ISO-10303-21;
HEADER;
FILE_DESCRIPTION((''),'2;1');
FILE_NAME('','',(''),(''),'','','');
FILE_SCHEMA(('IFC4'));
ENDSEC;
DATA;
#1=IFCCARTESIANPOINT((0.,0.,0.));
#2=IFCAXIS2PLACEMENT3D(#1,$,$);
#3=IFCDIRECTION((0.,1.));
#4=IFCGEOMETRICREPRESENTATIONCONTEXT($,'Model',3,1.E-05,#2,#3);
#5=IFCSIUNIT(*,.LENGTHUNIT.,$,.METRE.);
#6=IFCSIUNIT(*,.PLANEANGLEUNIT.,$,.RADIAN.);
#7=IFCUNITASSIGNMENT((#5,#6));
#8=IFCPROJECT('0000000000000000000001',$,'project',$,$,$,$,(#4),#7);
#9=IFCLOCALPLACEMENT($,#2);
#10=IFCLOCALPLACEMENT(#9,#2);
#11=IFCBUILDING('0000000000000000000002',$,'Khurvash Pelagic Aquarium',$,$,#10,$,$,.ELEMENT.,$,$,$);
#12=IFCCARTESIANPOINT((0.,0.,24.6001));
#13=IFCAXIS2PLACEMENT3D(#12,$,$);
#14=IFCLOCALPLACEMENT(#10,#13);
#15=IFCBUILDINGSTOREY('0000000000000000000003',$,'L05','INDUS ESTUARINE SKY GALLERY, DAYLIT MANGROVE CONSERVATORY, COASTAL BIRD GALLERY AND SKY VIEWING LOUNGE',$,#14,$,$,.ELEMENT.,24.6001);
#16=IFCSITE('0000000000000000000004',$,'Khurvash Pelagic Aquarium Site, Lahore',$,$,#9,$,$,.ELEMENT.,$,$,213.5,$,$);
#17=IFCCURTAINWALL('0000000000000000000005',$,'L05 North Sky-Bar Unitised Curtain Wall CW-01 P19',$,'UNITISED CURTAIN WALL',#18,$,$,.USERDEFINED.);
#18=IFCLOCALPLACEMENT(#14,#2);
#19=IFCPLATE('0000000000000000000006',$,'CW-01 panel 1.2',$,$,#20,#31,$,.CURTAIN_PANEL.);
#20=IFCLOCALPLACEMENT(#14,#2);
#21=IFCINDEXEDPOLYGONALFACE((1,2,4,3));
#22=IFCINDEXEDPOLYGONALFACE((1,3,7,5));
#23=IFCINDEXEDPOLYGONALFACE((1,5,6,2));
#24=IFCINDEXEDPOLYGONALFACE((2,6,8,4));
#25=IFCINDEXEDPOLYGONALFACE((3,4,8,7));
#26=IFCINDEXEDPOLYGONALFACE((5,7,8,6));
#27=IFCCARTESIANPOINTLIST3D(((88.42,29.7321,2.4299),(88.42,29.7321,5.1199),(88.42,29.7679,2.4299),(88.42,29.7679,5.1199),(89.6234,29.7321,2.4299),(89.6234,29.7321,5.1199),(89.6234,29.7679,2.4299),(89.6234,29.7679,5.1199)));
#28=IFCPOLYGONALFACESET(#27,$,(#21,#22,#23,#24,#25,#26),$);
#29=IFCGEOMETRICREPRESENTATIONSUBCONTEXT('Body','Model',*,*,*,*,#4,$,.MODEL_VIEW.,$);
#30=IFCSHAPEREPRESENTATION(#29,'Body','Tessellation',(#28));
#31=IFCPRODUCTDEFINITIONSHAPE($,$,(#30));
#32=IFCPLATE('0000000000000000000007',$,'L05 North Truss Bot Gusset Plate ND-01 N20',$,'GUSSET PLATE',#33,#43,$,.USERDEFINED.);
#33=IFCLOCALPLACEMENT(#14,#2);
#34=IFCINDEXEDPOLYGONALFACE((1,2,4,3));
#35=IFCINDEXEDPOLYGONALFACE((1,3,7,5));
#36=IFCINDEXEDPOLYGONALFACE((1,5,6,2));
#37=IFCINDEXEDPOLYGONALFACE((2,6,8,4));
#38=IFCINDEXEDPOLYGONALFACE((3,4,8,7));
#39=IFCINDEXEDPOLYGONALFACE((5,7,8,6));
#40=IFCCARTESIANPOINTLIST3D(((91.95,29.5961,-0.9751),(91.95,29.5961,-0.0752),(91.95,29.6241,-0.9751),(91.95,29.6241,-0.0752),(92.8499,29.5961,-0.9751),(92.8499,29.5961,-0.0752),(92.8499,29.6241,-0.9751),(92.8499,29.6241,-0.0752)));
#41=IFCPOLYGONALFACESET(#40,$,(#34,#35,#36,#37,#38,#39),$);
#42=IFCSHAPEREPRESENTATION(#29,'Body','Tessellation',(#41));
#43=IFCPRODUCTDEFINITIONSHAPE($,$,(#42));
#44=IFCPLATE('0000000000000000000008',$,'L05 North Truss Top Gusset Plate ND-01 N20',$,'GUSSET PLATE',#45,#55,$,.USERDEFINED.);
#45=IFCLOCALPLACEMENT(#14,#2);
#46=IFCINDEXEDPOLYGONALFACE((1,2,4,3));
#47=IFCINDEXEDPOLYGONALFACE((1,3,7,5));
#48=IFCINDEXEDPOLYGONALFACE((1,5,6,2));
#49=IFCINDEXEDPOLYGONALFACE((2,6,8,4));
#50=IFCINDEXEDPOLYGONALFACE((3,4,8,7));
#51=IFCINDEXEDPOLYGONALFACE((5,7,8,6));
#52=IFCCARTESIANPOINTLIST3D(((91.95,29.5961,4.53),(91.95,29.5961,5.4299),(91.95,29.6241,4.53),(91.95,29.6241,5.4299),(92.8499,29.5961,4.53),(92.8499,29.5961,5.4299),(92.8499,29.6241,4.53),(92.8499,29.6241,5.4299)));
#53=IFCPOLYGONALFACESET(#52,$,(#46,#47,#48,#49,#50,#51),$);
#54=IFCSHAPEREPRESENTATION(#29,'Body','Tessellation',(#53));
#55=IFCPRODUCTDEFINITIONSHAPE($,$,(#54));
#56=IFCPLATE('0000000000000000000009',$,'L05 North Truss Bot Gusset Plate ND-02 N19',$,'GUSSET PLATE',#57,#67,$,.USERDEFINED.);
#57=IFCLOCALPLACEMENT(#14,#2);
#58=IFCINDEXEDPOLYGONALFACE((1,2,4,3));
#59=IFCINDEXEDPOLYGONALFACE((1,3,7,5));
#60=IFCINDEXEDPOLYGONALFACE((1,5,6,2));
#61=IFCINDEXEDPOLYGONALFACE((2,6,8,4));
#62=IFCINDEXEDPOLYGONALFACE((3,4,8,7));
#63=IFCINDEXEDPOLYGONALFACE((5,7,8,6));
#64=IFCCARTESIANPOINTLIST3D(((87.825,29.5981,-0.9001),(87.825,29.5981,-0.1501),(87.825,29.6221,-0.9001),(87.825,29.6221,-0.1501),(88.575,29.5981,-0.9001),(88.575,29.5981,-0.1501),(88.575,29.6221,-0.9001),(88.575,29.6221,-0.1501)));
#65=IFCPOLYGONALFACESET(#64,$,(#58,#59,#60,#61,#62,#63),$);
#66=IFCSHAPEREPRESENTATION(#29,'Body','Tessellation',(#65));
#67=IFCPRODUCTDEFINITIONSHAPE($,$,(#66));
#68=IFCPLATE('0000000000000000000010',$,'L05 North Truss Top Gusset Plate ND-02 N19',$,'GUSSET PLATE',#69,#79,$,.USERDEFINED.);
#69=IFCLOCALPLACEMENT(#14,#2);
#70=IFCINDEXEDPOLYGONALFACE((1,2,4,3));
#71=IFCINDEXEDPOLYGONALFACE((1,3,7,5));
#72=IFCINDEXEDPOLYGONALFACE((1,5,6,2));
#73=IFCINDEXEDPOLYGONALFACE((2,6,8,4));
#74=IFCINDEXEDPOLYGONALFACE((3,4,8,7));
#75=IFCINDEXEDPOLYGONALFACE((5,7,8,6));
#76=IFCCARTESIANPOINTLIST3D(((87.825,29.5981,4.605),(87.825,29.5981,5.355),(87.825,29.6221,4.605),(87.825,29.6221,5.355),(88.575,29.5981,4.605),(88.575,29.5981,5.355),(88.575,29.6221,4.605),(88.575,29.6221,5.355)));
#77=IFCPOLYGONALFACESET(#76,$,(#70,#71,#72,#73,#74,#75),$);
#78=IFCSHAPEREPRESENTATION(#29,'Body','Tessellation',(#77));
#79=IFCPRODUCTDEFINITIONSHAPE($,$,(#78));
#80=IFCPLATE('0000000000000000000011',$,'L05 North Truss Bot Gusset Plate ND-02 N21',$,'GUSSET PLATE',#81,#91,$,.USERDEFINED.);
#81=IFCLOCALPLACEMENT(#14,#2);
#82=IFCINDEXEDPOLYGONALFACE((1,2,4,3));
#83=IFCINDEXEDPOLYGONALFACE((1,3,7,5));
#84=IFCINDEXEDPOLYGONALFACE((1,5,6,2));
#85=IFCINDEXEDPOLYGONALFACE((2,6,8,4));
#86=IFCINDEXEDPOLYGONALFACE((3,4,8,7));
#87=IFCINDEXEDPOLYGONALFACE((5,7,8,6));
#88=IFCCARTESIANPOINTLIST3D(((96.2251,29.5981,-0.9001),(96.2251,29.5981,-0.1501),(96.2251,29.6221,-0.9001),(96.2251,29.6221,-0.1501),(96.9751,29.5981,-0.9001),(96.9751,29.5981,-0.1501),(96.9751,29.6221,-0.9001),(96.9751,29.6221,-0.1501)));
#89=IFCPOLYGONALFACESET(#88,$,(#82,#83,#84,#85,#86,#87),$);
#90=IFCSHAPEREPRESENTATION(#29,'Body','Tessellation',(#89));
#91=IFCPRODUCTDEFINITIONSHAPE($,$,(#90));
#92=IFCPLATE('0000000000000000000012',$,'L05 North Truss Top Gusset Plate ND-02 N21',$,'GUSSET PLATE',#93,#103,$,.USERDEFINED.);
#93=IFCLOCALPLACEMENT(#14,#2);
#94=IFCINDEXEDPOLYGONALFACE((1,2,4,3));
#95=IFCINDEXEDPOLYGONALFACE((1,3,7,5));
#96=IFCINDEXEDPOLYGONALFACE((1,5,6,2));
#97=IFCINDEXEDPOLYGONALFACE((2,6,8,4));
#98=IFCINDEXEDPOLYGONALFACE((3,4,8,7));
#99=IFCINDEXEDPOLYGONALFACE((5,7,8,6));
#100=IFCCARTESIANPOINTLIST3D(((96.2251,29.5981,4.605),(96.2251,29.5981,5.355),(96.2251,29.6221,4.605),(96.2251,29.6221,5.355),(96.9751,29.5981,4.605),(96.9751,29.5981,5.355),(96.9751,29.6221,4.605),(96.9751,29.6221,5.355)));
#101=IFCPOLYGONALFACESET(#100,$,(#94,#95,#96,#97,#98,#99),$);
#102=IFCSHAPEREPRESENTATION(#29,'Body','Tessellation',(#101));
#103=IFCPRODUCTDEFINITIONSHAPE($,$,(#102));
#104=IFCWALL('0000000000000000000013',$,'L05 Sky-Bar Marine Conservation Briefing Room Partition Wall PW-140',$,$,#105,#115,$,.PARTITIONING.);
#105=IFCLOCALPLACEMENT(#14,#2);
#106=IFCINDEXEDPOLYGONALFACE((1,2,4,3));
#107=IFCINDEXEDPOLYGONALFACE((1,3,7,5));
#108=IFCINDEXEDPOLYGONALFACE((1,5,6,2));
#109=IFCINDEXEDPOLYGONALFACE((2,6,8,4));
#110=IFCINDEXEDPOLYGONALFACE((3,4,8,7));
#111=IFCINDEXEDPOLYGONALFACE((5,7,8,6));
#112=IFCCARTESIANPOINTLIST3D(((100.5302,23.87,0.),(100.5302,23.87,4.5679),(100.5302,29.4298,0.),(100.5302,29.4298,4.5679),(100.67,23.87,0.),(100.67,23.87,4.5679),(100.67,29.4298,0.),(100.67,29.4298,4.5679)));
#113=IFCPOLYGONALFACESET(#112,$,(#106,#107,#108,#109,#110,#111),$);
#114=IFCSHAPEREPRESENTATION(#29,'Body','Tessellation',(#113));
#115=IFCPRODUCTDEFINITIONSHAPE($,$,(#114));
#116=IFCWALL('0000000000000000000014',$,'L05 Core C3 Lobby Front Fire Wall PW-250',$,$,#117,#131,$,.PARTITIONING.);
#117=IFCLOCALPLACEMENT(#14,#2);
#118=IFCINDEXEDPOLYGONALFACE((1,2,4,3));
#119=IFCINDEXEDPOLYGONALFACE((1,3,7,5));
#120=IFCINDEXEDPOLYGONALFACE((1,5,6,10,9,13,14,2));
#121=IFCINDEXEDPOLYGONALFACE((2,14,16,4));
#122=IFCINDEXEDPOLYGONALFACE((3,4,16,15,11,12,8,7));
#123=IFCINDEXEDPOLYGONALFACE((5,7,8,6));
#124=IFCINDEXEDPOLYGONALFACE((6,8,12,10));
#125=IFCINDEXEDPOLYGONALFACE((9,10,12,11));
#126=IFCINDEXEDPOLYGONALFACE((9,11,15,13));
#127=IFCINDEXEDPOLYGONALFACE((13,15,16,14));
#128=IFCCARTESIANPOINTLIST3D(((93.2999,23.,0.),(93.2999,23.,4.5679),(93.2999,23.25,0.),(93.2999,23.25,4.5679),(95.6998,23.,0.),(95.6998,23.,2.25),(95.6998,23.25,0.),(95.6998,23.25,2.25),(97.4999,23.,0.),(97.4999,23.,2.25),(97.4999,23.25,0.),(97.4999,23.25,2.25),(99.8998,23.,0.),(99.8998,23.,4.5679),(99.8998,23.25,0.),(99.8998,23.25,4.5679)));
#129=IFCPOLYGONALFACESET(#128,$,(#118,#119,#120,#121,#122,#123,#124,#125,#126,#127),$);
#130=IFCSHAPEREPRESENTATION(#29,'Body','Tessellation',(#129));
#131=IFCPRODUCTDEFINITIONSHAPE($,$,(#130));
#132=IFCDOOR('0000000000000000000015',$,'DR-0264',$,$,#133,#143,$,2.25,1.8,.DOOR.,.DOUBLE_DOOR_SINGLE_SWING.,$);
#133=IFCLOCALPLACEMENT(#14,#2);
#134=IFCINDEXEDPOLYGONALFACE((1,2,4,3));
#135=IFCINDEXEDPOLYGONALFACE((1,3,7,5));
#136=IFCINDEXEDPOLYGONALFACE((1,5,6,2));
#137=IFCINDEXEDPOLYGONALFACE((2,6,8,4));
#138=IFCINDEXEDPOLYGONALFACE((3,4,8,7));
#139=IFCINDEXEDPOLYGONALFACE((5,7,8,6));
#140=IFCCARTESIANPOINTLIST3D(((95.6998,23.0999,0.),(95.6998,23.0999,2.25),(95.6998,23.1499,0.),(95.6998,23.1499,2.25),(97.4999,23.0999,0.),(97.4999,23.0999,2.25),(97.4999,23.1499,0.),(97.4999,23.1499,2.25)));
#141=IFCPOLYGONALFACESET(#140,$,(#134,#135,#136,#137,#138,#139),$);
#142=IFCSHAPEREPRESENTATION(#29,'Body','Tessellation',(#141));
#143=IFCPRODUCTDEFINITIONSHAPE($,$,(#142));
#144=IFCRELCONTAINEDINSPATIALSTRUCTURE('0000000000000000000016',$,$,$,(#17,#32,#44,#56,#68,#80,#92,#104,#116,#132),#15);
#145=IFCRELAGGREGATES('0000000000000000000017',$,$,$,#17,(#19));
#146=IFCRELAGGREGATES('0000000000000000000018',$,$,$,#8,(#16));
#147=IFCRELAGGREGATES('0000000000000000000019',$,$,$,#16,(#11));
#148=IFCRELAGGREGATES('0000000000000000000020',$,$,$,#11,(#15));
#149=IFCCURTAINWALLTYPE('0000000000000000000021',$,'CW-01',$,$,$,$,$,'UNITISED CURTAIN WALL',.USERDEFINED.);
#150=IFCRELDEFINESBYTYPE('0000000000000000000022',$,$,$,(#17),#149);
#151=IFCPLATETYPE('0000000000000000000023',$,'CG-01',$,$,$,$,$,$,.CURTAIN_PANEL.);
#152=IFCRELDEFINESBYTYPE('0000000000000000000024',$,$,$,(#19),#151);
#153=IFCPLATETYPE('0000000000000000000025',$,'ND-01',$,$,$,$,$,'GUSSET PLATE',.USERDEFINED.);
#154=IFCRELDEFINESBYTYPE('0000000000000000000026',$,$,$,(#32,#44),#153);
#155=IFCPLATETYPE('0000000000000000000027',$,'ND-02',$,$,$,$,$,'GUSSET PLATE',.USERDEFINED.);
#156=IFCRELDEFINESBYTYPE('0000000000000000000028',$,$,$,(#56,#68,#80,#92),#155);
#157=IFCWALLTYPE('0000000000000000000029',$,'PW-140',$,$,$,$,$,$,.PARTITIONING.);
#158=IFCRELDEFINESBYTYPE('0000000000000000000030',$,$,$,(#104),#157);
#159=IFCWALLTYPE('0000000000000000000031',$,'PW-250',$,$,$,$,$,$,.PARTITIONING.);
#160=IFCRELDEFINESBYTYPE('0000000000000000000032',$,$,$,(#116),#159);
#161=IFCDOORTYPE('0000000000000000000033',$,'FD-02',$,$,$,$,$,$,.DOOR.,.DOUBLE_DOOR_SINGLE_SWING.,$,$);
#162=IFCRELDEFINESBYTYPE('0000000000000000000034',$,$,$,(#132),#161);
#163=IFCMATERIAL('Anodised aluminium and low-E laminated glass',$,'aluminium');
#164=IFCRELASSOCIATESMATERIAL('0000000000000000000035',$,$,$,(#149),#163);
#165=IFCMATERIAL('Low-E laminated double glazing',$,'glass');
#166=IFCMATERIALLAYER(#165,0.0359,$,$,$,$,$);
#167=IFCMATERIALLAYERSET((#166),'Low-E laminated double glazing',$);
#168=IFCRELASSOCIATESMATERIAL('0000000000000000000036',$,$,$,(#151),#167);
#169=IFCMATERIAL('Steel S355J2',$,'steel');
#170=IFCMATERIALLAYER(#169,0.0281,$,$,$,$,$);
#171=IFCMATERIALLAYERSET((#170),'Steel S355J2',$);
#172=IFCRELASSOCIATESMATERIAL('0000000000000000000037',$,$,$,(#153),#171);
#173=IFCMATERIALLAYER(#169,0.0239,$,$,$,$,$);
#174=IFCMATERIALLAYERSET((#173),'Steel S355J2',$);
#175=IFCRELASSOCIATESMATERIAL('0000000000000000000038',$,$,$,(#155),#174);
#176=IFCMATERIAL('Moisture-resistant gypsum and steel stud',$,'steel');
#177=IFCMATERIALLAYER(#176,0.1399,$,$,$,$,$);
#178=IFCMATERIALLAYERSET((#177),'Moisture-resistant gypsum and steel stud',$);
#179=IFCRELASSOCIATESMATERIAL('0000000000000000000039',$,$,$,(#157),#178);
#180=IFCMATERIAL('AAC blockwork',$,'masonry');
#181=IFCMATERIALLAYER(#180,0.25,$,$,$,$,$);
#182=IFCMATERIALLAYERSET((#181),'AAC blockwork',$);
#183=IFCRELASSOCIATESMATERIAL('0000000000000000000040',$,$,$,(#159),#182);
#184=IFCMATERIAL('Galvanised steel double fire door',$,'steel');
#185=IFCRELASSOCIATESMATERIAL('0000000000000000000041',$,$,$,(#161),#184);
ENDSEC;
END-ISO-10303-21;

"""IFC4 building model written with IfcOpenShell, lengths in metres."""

from ifc_helpers import new_model, si_unit, direction, frame, frame_2d, origin, origin_2d, place, context, subcontext, project, spatial, rectangle, extrude, material, layer, layer_set, type_object, element, fill, aggregate, save


model = new_model("IFC4")

# Units and contexts
model_context = context("Model", 3, precision=1e-05, world=origin(), true_north=direction((0.0, 1.0)))
body_context = subcontext(model_context, "Body", "Model", "MODEL_VIEW")
ifc_project = project(units=[si_unit("LENGTHUNIT", "METRE"), si_unit("PLANEANGLEUNIT", "RADIAN")], contexts=[model_context])

# Site, building, storey
site_placement = place(None, origin())
site = spatial("IfcSite", under=ifc_project, at=site_placement, Name="Khurvash Pelagic Aquarium Site, Lahore", CompositionType="ELEMENT", RefElevation=213.5)
building_placement = place(site_placement, origin())
building = spatial("IfcBuilding", under=site, at=building_placement, Name="Khurvash Pelagic Aquarium", CompositionType="ELEMENT")
storey_placement = place(building_placement, frame((0.0, 0.0, 24.6001)))
storey = spatial("IfcBuildingStorey", under=building, at=storey_placement, Name="L05", Description="INDUS ESTUARINE SKY GALLERY, DAYLIT MANGROVE CONSERVATORY, COASTAL BIRD GALLERY AND SKY VIEWING LOUNGE", CompositionType="ELEMENT", Elevation=24.6001)

# Shared definitions
ifc_material_1 = material(Name="Anodised aluminium and low-E laminated glass", Category="aluminium")
curtain_wall_type = type_object("IfcCurtainWallType", Name="CW-01", ElementType="UNITISED CURTAIN WALL", PredefinedType="USERDEFINED", material=ifc_material_1)

# Curtain wall
curtain_wall_1_placement = place(storey_placement, origin())
curtain_wall_1 = element("IfcCurtainWall", 1, at=curtain_wall_1_placement, inside=storey, type_object=curtain_wall_type, Name="L05 North Sky-Bar Unitised Curtain Wall CW-01 P19", ObjectType="UNITISED CURTAIN WALL", PredefinedType="USERDEFINED")

# Shared definitions
ifc_material_2 = material(Name="Steel S355J2", Category="steel")

# Plate
ifc_material_3 = material(Name="Low-E laminated double glazing", Category="glass")
ifc_layer_1 = layer(ifc_material_3, 0.0359)
ifc_layer_set_1 = layer_set([ifc_layer_1], Name="Low-E laminated double glazing")
plate_type_1 = type_object("IfcPlateType", Name="CG-01", PredefinedType="CURTAIN_PANEL", material=ifc_layer_set_1)
plate_1_placement = place(storey_placement, frame((89.0217, 29.75, 2.4299), z_axis=(0.0, 0.0, 1.0), x_axis=(1.0, 0.0, 0.0)))
plate_1 = element("IfcPlate", 2, at=plate_1_placement, type_object=plate_type_1, Name="CW-01 panel 1.2", PredefinedType="CURTAIN_PANEL", context=body_context, shape_type="SweptSolid", body=[
    extrude(rectangle(XDim=1.2034, YDim=0.0359, at=origin_2d()), origin(), (0.0, 0.0, 1.0), 2.6899),
])
aggregate(curtain_wall_1, [plate_1])

# Plates
ifc_layer_2 = layer(ifc_material_2, 0.0281)
ifc_layer_set_2 = layer_set([ifc_layer_2], Name="Steel S355J2")
plate_type_2 = type_object("IfcPlateType", Name="ND-01", ElementType="GUSSET PLATE", PredefinedType="USERDEFINED", material=ifc_layer_set_2)
for number, where, z_axis, x_axis, name in (
    (3, (92.3999, 29.6101, -0.9751), (0.0, 0.0, 1.0), (1.0, 0.0, 0.0), "L05 North Truss Bot Gusset Plate ND-01 N20"),
    (4, (92.3999, 29.6101, 4.53), (0.0, 0.0, 1.0), (1.0, 0.0, 0.0), "L05 North Truss Top Gusset Plate ND-01 N20"),
):
    element("IfcPlate", number, at=place(storey_placement, frame(where, z_axis=z_axis, x_axis=x_axis)), inside=storey, type_object=plate_type_2, Name=name, ObjectType="GUSSET PLATE", PredefinedType="USERDEFINED", context=body_context, shape_type="SweptSolid", body=[
        extrude(rectangle(XDim=0.8999, YDim=0.0281, at=origin_2d()), origin(), (0.0, 0.0, 1.0), 0.8999),
    ])
ifc_layer_3 = layer(ifc_material_2, 0.0239)
ifc_layer_set_3 = layer_set([ifc_layer_3], Name="Steel S355J2")
plate_type_3 = type_object("IfcPlateType", Name="ND-02", ElementType="GUSSET PLATE", PredefinedType="USERDEFINED", material=ifc_layer_set_3)
for number, where, z_axis, x_axis, name in (
    (5, (88.2, 29.6101, -0.9001), (0.0, 0.0, 1.0), (1.0, 0.0, 0.0), "L05 North Truss Bot Gusset Plate ND-02 N19"),
    (6, (88.2, 29.6101, 4.605), (0.0, 0.0, 1.0), (1.0, 0.0, 0.0), "L05 North Truss Top Gusset Plate ND-02 N19"),
    (7, (96.6001, 29.6101, -0.9001), (0.0, 0.0, 1.0), (1.0, 0.0, 0.0), "L05 North Truss Bot Gusset Plate ND-02 N21"),
    (8, (96.6001, 29.6101, 4.605), (0.0, 0.0, 1.0), (1.0, 0.0, 0.0), "L05 North Truss Top Gusset Plate ND-02 N21"),
):
    element("IfcPlate", number, at=place(storey_placement, frame(where, z_axis=z_axis, x_axis=x_axis)), inside=storey, type_object=plate_type_3, Name=name, ObjectType="GUSSET PLATE", PredefinedType="USERDEFINED", context=body_context, shape_type="SweptSolid", body=[
        extrude(rectangle(XDim=0.75, YDim=0.0239, at=origin_2d()), origin(), (0.0, 0.0, 1.0), 0.75),
    ])

# Wall
ifc_material_4 = material(Name="Moisture-resistant gypsum and steel stud", Category="steel")
ifc_layer_4 = layer(ifc_material_4, 0.1399)
ifc_layer_set_4 = layer_set([ifc_layer_4], Name="Moisture-resistant gypsum and steel stud")
wall_type_1 = type_object("IfcWallType", Name="PW-140", PredefinedType="PARTITIONING", material=ifc_layer_set_4)
wall_1_placement = place(storey_placement, frame((100.6001, 23.8701, 0.0), z_axis=(0.0, 0.0, 1.0), x_axis=(0.0, 1.0, 0.0)))
element("IfcWall", 9, at=wall_1_placement, inside=storey, type_object=wall_type_1, Name="L05 Sky-Bar Marine Conservation Briefing Room Partition Wall PW-140", PredefinedType="PARTITIONING", context=body_context, shape_type="SweptSolid", body=[
    extrude(rectangle(XDim=5.5598, YDim=0.1399, at=frame_2d((2.7798, 0.0))), origin(), (0.0, 0.0, 1.0), 4.5679),
])

# Wall, opening, door
ifc_material_5 = material(Name="AAC blockwork", Category="masonry")
ifc_layer_5 = layer(ifc_material_5, 0.25)
ifc_layer_set_5 = layer_set([ifc_layer_5], Name="AAC blockwork")
wall_type_2 = type_object("IfcWallType", Name="PW-250", PredefinedType="PARTITIONING", material=ifc_layer_set_5)
wall_2_placement = place(storey_placement, frame((93.3, 23.125, 0.0), z_axis=(0.0, 0.0, 1.0), x_axis=(1.0, 0.0, 0.0)))
wall_2 = element("IfcWall", 10, at=wall_2_placement, inside=storey, type_object=wall_type_2, Name="L05 Core C3 Lobby Front Fire Wall PW-250", PredefinedType="PARTITIONING", context=body_context, shape_type="SweptSolid", body=[
    extrude(rectangle(XDim=6.5999, YDim=0.25, at=frame_2d((3.2998, 0.0))), origin(), (0.0, 0.0, 1.0), 4.5679),
])
opening_placement = place(wall_2_placement, frame((2.3999, 0.0, 0.0)))
opening = element("IfcOpeningElement", 11, at=opening_placement, cuts=wall_2, PredefinedType="OPENING", context=body_context, shape_type="SweptSolid", body=[
    extrude(rectangle(XDim=1.8, YDim=2.25, at=frame_2d((0.8999, 1.125))), frame((0.0, 0.135, 0.0), z_axis=(0.0, -1.0, 0.0), x_axis=(1.0, 0.0, 0.0)), (0.0, 0.0, 1.0), 0.27),
])
ifc_material_6 = material(Name="Galvanised steel double fire door", Category="steel")
door_type = type_object("IfcDoorType", Name="FD-02", OperationType="DOUBLE_DOOR_SINGLE_SWING", PredefinedType="DOOR", material=ifc_material_6)
door_placement = place(opening_placement, origin())
door = element("IfcDoor", 12, at=door_placement, inside=storey, type_object=door_type, Name="DR-0264", OperationType="DOUBLE_DOOR_SINGLE_SWING", OverallHeight=2.25, OverallWidth=1.8, PredefinedType="DOOR", context=body_context, shape_type="SweptSolid", body=[
    extrude(rectangle(XDim=1.8, YDim=2.25, at=frame_2d((0.8999, 1.125))), frame((0.0, 0.0249, 0.0), z_axis=(0.0, -1.0, 0.0), x_axis=(1.0, 0.0, 0.0)), (0.0, 0.0, 1.0), 0.05),
])
fill(opening, door)

save(model, "model.ifc")
